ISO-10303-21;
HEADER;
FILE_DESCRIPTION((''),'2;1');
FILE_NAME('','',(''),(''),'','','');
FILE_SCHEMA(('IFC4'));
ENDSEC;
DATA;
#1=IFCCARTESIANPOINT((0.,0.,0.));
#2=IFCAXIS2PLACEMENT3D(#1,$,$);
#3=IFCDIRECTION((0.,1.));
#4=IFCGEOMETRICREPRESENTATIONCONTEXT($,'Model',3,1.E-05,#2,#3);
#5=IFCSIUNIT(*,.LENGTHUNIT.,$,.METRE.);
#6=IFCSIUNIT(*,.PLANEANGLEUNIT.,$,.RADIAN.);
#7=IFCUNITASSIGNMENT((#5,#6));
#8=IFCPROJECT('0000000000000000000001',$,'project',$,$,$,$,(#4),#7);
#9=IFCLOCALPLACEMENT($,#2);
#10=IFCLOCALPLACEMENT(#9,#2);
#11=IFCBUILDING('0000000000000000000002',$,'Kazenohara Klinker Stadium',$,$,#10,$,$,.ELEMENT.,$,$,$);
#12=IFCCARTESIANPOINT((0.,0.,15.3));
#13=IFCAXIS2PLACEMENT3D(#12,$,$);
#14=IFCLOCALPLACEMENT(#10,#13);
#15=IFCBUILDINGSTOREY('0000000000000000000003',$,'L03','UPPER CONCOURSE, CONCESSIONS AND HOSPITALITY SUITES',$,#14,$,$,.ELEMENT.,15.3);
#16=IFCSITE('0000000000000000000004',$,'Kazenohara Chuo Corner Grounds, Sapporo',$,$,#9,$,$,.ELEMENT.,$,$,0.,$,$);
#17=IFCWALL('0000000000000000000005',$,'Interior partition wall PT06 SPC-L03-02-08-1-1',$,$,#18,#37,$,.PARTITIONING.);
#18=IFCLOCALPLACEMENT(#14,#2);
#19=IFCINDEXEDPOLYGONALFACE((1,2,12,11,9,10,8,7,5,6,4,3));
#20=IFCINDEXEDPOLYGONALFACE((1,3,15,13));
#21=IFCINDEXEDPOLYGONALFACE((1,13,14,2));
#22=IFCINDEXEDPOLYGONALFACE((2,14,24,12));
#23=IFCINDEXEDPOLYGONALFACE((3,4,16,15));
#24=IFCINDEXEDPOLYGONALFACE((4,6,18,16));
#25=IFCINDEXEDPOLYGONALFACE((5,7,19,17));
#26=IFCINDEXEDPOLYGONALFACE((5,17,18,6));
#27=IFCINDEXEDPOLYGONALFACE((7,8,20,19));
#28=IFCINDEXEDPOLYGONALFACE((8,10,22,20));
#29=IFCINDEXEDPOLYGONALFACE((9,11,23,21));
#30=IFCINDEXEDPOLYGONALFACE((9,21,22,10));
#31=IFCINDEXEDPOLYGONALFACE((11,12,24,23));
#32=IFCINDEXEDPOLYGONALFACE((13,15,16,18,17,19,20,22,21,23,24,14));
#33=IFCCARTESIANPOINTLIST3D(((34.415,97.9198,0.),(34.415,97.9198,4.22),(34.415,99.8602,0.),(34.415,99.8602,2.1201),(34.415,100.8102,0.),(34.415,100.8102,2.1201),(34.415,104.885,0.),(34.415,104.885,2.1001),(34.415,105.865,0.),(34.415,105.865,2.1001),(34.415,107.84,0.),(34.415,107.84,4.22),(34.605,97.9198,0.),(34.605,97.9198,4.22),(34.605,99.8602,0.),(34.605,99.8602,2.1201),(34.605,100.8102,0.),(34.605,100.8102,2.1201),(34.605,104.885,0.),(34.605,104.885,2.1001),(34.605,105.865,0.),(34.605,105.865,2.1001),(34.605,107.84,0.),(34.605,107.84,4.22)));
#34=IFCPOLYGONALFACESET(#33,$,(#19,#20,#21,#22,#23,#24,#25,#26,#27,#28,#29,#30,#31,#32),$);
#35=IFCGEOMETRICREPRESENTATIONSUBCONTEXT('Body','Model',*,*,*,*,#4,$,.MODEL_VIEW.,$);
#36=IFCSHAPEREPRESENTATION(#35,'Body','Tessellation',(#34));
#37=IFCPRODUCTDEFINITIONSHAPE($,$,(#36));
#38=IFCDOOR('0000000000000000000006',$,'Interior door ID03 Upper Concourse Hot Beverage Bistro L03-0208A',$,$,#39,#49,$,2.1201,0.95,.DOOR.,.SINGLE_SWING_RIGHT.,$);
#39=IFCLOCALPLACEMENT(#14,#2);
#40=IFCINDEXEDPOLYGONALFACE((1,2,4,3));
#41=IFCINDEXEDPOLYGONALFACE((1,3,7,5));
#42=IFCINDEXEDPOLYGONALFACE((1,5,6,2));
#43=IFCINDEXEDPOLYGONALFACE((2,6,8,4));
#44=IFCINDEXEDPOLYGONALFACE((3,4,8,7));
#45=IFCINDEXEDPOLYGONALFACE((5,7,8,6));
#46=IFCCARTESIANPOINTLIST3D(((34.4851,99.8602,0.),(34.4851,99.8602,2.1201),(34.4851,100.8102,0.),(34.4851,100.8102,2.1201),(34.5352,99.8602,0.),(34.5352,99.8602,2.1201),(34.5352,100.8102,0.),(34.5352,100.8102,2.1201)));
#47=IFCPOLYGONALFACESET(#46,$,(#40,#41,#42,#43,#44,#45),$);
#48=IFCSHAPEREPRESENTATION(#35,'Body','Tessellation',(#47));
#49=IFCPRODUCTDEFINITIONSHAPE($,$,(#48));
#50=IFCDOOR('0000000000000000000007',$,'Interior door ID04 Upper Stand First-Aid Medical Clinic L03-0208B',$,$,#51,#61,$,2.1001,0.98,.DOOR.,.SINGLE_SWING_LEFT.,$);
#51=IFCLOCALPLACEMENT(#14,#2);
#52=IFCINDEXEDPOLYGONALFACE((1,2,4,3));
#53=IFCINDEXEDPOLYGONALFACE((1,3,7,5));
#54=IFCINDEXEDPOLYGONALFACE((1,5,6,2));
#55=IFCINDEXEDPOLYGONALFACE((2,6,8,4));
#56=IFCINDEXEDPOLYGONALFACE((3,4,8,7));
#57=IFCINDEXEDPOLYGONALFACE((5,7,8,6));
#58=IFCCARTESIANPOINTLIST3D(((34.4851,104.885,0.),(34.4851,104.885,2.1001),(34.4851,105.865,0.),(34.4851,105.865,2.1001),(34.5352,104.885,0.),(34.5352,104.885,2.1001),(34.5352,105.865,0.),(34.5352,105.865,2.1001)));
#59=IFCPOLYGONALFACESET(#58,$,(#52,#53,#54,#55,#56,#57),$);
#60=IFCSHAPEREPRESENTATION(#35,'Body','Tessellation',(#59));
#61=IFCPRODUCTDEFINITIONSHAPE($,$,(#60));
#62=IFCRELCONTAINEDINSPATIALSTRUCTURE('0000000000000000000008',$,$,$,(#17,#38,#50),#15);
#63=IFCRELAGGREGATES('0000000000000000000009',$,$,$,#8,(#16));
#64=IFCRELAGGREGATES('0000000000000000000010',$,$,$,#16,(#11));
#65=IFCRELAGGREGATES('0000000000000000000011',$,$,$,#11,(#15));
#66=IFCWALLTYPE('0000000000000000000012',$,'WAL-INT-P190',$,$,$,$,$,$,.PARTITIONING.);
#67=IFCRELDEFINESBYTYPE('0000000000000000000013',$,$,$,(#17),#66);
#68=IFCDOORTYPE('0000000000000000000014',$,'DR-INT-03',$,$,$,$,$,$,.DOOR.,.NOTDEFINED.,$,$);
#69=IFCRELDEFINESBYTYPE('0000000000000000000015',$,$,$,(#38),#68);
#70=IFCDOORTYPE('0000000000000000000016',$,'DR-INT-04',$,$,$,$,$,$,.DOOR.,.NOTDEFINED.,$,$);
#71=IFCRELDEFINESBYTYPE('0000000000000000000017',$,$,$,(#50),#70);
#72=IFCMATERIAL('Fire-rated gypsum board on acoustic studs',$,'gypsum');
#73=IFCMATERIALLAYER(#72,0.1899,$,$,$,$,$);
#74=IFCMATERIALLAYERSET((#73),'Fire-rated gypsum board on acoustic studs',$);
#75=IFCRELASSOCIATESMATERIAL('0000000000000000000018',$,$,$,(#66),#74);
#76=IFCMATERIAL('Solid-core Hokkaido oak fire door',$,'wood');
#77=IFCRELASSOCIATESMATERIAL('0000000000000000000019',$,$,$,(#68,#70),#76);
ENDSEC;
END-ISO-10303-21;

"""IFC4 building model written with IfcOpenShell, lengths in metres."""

from ifc_helpers import new_model, si_unit, direction, frame, frame_2d, origin, place, context, subcontext, project, spatial, rectangle, extrude, material, layer, layer_set, type_object, element, fill, save


model = new_model("IFC4")

# Units and contexts
model_context = context("Model", 3, precision=1e-05, world=origin(), true_north=direction((0.0, 1.0)))
body_context = subcontext(model_context, "Body", "Model", "MODEL_VIEW")
ifc_project = project(units=[si_unit("LENGTHUNIT", "METRE"), si_unit("PLANEANGLEUNIT", "RADIAN")], contexts=[model_context])

# Site, building, storey
site_placement = place(None, origin())
site = spatial("IfcSite", under=ifc_project, at=site_placement, Name="Kazenohara Chuo Corner Grounds, Sapporo", CompositionType="ELEMENT", RefElevation=0.0)
building_placement = place(site_placement, origin())
building = spatial("IfcBuilding", under=site, at=building_placement, Name="Kazenohara Klinker Stadium", CompositionType="ELEMENT")
storey_placement = place(building_placement, frame((0.0, 0.0, 15.3)))
storey = spatial("IfcBuildingStorey", under=building, at=storey_placement, Name="L03", Description="UPPER CONCOURSE, CONCESSIONS AND HOSPITALITY SUITES", CompositionType="ELEMENT", Elevation=15.3)

# Wall, openings, doors
ifc_material_1 = material(Name="Fire-rated gypsum board on acoustic studs", Category="gypsum")
ifc_layer_1 = layer(ifc_material_1, 0.1899)
ifc_layer_set_1 = layer_set([ifc_layer_1], Name="Fire-rated gypsum board on acoustic studs")
wall_type_1 = type_object("IfcWallType", Name="WAL-INT-P190", PredefinedType="PARTITIONING", material=ifc_layer_set_1)
wall_1_placement = place(storey_placement, frame((34.51, 97.9199, 0.0), z_axis=(0.0, 0.0, 1.0), x_axis=(0.0, 1.0, 0.0)))
wall_1 = element("IfcWall", 1, at=wall_1_placement, inside=storey, type_object=wall_type_1, Name="Interior partition wall PT06 SPC-L03-02-08-1-1", PredefinedType="PARTITIONING", context=body_context, shape_type="SweptSolid", body=[
    extrude(rectangle(XDim=9.9202, YDim=0.1899, at=frame_2d((4.96, 0.0))), origin(), (0.0, 0.0, 1.0), 4.22),
])
opening_1_placement = place(wall_1_placement, frame((1.9402, 0.0, 0.0)))
opening_1 = element("IfcOpeningElement", 2, at=opening_1_placement, cuts=wall_1, PredefinedType="OPENING", context=body_context, shape_type="SweptSolid", body=[
    extrude(rectangle(XDim=0.95, YDim=2.1201, at=frame_2d((0.4751, 1.0601))), frame((0.0, 0.105, 0.0), z_axis=(0.0, -1.0, 0.0), x_axis=(1.0, 0.0, 0.0)), (0.0, 0.0, 1.0), 0.21),
])
opening_2_placement = place(wall_1_placement, frame((6.9651, 0.0, 0.0)))
opening_2 = element("IfcOpeningElement", 3, at=opening_2_placement, cuts=wall_1, PredefinedType="OPENING", context=body_context, shape_type="SweptSolid", body=[
    extrude(rectangle(XDim=0.98, YDim=2.1001, at=frame_2d((0.49, 1.05))), frame((0.0, 0.105, 0.0), z_axis=(0.0, -1.0, 0.0), x_axis=(1.0, 0.0, 0.0)), (0.0, 0.0, 1.0), 0.21),
])
ifc_material_2 = material(Name="Solid-core Hokkaido oak fire door", Category="wood")
door_type_1 = type_object("IfcDoorType", Name="DR-INT-03", OperationType="NOTDEFINED", PredefinedType="DOOR", material=ifc_material_2)
door_1_placement = place(opening_1_placement, origin())
door_1 = element("IfcDoor", 4, at=door_1_placement, inside=storey, type_object=door_type_1, Name="Interior door ID03 Upper Concourse Hot Beverage Bistro L03-0208A", OperationType="SINGLE_SWING_RIGHT", OverallHeight=2.1201, OverallWidth=0.95, PredefinedType="DOOR", context=body_context, shape_type="SweptSolid", body=[
    extrude(rectangle(XDim=0.95, YDim=2.1201, at=frame_2d((0.4751, 1.0601))), frame((0.0, 0.0249, 0.0), z_axis=(0.0, -1.0, 0.0), x_axis=(1.0, 0.0, 0.0)), (0.0, 0.0, 1.0), 0.05),
])
fill(opening_1, door_1)
door_type_2 = type_object("IfcDoorType", Name="DR-INT-04", OperationType="NOTDEFINED", PredefinedType="DOOR", material=ifc_material_2)
door_2_placement = place(opening_2_placement, origin())
door_2 = element("IfcDoor", 5, at=door_2_placement, inside=storey, type_object=door_type_2, Name="Interior door ID04 Upper Stand First-Aid Medical Clinic L03-0208B", OperationType="SINGLE_SWING_LEFT", OverallHeight=2.1001, OverallWidth=0.98, PredefinedType="DOOR", context=body_context, shape_type="SweptSolid", body=[
    extrude(rectangle(XDim=0.98, YDim=2.1001, at=frame_2d((0.49, 1.05))), frame((0.0, 0.0249, 0.0), z_axis=(0.0, -1.0, 0.0), x_axis=(1.0, 0.0, 0.0)), (0.0, 0.0, 1.0), 0.05),
])
fill(opening_2, door_2)

save(model, "model.ifc")
